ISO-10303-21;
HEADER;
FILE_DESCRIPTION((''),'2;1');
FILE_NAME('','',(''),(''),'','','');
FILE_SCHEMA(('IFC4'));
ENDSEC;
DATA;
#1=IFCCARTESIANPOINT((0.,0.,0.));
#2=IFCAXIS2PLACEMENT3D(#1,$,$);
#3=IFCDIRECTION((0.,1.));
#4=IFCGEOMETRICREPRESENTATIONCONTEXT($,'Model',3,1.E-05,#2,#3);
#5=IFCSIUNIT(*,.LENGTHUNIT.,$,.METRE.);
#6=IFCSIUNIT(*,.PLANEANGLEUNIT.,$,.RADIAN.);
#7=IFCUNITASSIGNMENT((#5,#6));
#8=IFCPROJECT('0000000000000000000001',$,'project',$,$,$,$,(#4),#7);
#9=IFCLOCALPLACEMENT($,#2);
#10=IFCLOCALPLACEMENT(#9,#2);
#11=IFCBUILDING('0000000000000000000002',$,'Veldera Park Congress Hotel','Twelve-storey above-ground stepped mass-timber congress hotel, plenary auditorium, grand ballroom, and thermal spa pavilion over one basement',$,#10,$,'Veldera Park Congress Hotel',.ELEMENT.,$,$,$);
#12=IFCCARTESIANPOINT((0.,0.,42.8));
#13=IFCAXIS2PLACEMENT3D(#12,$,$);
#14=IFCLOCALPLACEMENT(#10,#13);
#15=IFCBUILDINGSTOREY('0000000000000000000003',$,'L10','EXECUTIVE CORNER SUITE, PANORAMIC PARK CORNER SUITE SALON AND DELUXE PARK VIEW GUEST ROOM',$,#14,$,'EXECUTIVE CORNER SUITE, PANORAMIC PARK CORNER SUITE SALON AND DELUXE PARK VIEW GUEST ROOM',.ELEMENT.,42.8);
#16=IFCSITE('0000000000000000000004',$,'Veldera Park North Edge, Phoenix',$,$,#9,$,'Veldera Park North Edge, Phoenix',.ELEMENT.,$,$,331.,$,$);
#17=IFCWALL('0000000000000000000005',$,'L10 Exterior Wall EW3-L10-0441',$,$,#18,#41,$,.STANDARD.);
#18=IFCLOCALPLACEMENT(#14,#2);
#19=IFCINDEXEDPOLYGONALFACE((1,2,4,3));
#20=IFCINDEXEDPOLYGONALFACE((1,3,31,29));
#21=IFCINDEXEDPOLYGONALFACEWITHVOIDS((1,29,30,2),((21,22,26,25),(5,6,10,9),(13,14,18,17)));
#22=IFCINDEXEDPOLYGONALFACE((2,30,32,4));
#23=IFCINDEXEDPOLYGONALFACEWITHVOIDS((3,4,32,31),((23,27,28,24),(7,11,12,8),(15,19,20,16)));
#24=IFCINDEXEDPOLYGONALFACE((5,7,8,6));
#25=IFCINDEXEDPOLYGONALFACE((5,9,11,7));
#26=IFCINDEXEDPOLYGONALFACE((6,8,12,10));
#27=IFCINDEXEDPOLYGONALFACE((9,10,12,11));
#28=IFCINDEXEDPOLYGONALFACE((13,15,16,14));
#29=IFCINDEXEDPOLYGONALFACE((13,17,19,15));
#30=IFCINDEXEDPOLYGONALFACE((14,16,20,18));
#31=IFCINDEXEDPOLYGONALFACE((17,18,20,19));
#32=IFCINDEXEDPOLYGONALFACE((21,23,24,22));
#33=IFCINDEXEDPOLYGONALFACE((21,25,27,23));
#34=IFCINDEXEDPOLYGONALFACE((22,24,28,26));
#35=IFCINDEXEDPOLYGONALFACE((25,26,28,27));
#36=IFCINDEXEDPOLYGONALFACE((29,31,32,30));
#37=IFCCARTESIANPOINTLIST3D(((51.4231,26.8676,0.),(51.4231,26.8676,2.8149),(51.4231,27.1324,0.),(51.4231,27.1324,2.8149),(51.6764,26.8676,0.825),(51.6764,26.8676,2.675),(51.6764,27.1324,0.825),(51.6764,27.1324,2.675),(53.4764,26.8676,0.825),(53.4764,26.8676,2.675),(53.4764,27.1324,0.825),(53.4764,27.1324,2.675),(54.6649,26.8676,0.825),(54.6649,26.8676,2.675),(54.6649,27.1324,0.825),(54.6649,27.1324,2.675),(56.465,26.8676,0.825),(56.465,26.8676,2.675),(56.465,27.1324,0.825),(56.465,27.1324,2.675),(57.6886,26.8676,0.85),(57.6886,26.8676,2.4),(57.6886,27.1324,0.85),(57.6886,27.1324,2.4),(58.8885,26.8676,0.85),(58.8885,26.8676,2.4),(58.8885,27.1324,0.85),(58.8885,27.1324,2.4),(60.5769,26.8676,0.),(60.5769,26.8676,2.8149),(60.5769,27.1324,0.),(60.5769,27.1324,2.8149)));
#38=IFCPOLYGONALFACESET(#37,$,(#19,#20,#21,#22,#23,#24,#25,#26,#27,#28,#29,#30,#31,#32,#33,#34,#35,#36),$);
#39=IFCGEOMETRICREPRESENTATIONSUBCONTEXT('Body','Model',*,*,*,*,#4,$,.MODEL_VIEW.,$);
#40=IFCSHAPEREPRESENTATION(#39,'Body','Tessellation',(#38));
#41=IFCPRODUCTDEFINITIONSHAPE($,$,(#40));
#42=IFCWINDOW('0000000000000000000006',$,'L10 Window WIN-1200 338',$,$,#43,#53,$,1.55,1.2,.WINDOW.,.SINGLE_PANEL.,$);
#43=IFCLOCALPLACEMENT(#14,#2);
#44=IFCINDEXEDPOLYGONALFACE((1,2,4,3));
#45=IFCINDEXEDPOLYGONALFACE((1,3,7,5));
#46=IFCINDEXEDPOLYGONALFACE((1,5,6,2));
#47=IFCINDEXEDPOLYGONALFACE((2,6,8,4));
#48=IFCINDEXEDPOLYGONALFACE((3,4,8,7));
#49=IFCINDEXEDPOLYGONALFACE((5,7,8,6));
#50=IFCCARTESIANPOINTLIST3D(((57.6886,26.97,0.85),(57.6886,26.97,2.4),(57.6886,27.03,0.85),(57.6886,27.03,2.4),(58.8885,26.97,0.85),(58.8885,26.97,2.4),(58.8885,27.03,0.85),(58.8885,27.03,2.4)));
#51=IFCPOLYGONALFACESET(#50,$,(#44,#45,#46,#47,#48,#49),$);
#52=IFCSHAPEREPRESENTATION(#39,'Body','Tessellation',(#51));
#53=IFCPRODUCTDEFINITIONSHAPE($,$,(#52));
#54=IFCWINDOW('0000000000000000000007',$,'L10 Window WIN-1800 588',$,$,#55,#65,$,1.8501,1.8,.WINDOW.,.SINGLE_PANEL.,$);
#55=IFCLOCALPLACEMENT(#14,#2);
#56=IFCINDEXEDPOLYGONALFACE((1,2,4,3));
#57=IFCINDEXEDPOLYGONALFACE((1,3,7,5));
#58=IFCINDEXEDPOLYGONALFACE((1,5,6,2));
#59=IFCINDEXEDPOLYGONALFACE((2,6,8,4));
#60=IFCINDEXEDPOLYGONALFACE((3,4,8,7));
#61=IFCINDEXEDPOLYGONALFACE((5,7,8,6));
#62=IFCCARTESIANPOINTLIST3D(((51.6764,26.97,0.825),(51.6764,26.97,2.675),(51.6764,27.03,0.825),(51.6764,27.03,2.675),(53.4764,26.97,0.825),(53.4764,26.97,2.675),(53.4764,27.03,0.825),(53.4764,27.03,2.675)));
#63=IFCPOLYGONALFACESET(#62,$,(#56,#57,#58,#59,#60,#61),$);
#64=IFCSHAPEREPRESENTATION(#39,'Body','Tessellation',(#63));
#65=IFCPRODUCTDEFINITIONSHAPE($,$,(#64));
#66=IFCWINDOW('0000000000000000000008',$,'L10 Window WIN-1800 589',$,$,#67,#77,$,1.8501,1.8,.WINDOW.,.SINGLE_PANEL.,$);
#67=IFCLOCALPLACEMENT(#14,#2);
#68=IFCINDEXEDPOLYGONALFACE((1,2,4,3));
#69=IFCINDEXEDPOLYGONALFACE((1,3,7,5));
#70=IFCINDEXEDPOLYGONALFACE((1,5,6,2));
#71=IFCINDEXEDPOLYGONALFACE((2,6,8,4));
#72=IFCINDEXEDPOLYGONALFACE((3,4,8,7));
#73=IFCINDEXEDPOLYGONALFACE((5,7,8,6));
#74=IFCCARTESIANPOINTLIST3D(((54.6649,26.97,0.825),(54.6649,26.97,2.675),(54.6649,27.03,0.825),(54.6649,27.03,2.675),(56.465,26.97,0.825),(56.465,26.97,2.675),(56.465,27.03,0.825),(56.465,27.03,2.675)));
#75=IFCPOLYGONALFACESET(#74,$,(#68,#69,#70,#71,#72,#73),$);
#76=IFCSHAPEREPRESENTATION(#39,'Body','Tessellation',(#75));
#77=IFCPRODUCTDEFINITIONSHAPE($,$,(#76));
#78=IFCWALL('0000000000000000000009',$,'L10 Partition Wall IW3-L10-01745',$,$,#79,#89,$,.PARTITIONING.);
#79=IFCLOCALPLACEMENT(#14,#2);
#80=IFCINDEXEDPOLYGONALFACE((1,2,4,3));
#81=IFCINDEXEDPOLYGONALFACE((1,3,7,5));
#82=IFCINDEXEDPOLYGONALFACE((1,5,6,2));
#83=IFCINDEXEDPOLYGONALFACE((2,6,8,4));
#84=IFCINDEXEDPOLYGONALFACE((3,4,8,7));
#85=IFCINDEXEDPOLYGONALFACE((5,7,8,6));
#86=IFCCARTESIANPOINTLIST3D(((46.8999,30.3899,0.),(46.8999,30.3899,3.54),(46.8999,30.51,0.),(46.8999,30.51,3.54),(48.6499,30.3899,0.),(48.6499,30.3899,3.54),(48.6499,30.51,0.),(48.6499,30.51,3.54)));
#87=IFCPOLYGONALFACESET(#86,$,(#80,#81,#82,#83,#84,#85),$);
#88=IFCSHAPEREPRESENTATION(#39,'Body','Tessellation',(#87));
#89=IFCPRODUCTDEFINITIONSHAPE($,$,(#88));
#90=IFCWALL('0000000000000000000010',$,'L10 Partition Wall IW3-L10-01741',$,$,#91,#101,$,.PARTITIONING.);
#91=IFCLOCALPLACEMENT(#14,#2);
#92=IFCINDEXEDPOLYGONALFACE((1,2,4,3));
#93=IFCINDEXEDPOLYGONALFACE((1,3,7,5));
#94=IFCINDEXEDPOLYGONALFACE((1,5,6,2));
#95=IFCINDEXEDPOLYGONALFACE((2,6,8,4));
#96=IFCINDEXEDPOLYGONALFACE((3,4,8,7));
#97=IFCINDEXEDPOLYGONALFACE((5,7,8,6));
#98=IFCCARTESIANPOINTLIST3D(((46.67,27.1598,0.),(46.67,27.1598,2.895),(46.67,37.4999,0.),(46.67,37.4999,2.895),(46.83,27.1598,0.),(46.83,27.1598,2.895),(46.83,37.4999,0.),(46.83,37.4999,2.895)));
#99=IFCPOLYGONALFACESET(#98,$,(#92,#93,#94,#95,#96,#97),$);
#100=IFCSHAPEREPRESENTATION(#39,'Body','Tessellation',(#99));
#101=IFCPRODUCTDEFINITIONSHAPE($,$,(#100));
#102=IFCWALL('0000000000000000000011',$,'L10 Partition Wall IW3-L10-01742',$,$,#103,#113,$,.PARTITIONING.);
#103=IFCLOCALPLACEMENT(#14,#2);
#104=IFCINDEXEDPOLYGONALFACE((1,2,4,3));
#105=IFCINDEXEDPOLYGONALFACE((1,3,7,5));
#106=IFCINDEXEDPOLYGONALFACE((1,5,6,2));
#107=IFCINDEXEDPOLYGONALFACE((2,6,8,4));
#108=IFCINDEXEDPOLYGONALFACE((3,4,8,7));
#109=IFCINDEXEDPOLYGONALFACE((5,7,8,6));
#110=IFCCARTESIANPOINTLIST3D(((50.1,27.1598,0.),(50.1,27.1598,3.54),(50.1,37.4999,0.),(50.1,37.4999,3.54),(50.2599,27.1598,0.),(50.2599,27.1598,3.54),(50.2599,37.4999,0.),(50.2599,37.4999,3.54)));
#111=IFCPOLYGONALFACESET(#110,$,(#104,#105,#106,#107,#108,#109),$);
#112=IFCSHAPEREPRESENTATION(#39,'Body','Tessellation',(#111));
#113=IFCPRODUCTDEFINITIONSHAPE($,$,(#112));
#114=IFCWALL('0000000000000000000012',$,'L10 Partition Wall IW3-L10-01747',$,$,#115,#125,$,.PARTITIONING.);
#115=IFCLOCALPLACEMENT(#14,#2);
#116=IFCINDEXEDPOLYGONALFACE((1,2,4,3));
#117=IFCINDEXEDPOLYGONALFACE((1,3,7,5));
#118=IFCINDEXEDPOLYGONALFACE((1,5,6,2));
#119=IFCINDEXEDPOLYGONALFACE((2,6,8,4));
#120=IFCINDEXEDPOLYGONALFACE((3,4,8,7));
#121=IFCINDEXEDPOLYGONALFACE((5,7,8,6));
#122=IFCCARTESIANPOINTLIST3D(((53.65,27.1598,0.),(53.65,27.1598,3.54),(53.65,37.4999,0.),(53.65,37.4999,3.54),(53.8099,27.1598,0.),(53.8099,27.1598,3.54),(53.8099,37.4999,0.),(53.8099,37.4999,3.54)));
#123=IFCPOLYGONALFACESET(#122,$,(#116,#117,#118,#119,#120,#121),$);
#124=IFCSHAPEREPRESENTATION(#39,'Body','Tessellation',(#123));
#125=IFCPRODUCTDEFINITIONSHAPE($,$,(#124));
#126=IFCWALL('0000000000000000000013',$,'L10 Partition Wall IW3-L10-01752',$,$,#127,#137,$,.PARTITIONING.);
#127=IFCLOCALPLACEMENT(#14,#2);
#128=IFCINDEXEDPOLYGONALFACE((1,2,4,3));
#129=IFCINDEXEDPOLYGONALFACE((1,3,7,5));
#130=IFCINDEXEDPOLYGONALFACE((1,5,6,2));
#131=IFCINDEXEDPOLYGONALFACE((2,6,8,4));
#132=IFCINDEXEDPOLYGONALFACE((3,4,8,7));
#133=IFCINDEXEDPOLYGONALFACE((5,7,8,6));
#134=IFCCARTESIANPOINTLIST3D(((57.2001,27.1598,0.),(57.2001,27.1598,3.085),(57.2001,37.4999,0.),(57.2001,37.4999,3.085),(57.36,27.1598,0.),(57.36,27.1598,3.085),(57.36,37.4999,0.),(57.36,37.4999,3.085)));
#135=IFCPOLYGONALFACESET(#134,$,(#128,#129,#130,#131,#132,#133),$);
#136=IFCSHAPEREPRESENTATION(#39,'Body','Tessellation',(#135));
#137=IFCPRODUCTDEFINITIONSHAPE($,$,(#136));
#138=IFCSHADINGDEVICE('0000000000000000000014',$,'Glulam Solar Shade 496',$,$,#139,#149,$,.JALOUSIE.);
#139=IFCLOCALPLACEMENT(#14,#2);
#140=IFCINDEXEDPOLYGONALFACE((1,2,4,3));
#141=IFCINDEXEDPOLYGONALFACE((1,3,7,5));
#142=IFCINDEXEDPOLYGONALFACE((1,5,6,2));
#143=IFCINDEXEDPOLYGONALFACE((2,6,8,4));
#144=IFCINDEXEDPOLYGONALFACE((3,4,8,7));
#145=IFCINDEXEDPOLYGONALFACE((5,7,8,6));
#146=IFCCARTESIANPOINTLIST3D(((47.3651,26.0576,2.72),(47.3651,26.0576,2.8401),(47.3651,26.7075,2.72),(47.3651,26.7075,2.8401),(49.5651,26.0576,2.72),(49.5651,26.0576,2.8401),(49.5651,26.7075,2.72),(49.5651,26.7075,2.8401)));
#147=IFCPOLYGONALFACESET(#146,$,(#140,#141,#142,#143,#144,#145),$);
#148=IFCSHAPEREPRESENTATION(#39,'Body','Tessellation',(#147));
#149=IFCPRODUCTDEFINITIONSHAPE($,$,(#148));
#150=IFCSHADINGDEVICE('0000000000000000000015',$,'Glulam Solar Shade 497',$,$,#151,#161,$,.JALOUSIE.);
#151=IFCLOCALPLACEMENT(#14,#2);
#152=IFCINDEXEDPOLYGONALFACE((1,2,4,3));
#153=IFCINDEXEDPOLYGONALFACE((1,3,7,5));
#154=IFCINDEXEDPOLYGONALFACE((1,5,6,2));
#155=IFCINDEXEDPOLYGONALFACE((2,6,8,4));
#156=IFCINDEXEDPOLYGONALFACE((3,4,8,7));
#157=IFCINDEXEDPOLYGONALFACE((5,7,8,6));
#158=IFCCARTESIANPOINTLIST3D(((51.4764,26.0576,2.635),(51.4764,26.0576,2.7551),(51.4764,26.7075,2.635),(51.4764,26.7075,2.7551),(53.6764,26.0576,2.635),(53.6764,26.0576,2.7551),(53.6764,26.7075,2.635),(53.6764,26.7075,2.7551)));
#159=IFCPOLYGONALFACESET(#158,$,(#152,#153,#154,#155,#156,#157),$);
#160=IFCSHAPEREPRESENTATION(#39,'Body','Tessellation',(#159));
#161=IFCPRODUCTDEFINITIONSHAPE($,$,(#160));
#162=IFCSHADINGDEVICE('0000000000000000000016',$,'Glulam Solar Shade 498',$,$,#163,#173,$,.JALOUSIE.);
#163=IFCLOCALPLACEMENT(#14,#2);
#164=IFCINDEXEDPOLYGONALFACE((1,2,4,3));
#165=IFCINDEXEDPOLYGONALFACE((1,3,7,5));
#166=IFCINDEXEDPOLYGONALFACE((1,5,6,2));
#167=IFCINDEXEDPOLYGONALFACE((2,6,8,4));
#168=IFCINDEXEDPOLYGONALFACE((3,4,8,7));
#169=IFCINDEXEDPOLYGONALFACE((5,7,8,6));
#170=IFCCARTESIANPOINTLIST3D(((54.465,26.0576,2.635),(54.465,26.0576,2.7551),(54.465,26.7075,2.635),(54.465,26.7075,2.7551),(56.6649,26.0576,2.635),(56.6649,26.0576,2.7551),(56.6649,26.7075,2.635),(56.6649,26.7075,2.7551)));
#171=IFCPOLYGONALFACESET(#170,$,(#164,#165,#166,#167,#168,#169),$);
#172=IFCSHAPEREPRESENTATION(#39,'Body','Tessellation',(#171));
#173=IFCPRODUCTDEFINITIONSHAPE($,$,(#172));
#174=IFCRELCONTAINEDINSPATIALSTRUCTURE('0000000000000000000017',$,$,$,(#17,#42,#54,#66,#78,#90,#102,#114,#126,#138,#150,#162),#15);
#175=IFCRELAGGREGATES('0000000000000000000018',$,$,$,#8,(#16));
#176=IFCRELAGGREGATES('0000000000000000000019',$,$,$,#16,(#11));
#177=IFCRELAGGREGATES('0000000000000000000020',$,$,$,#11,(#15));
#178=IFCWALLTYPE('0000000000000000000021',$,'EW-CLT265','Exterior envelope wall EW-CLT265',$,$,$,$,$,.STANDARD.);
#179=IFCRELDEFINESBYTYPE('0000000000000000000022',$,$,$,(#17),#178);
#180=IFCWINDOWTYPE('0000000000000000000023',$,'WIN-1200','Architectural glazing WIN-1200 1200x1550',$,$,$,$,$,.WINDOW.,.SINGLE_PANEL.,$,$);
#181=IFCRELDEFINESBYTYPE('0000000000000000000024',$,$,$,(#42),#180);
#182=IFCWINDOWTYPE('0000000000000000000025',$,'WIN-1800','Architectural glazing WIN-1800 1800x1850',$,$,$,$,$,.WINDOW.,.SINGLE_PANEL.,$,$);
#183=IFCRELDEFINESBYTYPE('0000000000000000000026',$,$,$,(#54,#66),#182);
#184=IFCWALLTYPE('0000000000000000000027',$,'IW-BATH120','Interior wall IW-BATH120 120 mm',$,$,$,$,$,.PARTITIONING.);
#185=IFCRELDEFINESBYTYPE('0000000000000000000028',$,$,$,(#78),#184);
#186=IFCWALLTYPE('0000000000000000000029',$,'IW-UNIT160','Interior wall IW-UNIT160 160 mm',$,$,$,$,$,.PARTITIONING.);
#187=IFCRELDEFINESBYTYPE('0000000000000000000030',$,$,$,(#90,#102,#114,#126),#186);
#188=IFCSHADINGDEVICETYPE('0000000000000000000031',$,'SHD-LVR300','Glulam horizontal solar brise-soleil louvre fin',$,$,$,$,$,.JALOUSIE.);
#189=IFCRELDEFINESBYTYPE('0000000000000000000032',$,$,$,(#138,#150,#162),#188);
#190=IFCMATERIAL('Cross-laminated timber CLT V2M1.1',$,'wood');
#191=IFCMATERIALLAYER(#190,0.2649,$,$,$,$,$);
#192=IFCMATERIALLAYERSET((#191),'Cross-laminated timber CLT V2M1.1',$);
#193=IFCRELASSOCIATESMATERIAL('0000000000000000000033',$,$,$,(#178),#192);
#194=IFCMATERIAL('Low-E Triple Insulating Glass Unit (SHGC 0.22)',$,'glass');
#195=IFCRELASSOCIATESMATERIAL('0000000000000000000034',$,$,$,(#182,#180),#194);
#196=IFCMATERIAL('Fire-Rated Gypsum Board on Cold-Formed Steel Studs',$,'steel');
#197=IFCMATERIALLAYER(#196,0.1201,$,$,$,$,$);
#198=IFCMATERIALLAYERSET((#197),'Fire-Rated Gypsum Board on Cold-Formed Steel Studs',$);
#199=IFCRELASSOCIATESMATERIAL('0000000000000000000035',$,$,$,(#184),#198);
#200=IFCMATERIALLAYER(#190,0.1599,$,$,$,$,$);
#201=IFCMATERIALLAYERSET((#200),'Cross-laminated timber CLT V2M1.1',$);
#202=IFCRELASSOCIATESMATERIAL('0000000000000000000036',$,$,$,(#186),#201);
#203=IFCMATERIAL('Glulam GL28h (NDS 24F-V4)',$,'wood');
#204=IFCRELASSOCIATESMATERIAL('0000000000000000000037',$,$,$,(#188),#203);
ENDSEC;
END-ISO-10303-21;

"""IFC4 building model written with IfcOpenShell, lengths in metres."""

from ifc_helpers import new_model, si_unit, direction, frame, frame_2d, origin, origin_2d, place, context, subcontext, project, spatial, rectangle, extrude, material, layer, layer_set, type_object, element, fill, save


model = new_model("IFC4")

# Units and contexts
model_context = context("Model", 3, precision=1e-05, world=origin(), true_north=direction((0.0, 1.0)))
body_context = subcontext(model_context, "Body", "Model", "MODEL_VIEW")
ifc_project = project(units=[si_unit("LENGTHUNIT", "METRE"), si_unit("PLANEANGLEUNIT", "RADIAN")], contexts=[model_context])

# Site, building, storey
site_placement = place(None, origin())
site = spatial("IfcSite", under=ifc_project, at=site_placement, Name="Veldera Park North Edge, Phoenix", LongName="Veldera Park North Edge, Phoenix", CompositionType="ELEMENT", RefElevation=331.0)
building_placement = place(site_placement, origin())
building = spatial("IfcBuilding", under=site, at=building_placement, Name="Veldera Park Congress Hotel", Description="Twelve-storey above-ground stepped mass-timber congress hotel, plenary auditorium, grand ballroom, and thermal spa pavilion over one basement", LongName="Veldera Park Congress Hotel", CompositionType="ELEMENT")
storey_placement = place(building_placement, frame((0.0, 0.0, 42.8)))
storey = spatial("IfcBuildingStorey", under=building, at=storey_placement, Name="L10", Description="EXECUTIVE CORNER SUITE, PANORAMIC PARK CORNER SUITE SALON AND DELUXE PARK VIEW GUEST ROOM", LongName="EXECUTIVE CORNER SUITE, PANORAMIC PARK CORNER SUITE SALON AND DELUXE PARK VIEW GUEST ROOM", CompositionType="ELEMENT", Elevation=42.8)

# Shared definitions
ifc_material_1 = material(Name="Glulam GL28h (NDS 24F-V4)", Category="wood")

# Shared definitions
ifc_material_2 = material(Name="Cross-laminated timber CLT V2M1.1", Category="wood")

# Shared definitions
ifc_layer_1 = layer(ifc_material_2, 0.2649)
ifc_layer_set_1 = layer_set([ifc_layer_1], Name="Cross-laminated timber CLT V2M1.1")
wall_type_1 = type_object("IfcWallType", Name="EW-CLT265", Description="Exterior envelope wall EW-CLT265", PredefinedType="STANDARD", material=ifc_layer_set_1)
ifc_material_3 = material(Name="Low-E Triple Insulating Glass Unit (SHGC 0.22)", Category="glass")
window_type_1 = type_object("IfcWindowType", Name="WIN-1800", Description="Architectural glazing WIN-1800 1800x1850", PartitioningType="SINGLE_PANEL", PredefinedType="WINDOW", material=ifc_material_3)

# Wall, openings, windows
wall_1_placement = place(storey_placement, frame((51.4231, 27.0, 0.0), z_axis=(0.0, 0.0, 1.0), x_axis=(1.0, 0.0, 0.0)))
wall_1 = element("IfcWall", 1, at=wall_1_placement, inside=storey, type_object=wall_type_1, Name="L10 Exterior Wall EW3-L10-0441", PredefinedType="STANDARD", context=body_context, shape_type="SweptSolid", body=[
    extrude(rectangle(XDim=9.1538, YDim=0.2649, at=frame_2d((4.5769, 0.0))), origin(), (0.0, 0.0, 1.0), 2.8149),
])
opening_1_placement = place(wall_1_placement, frame((6.2654, 0.0, 0.8501)))
opening_1 = element("IfcOpeningElement", 2, at=opening_1_placement, cuts=wall_1, PredefinedType="OPENING", context=body_context, shape_type="SweptSolid", body=[
    extrude(rectangle(XDim=1.2, YDim=1.55, at=frame_2d((0.6001, 0.7749))), frame((0.0, 0.1445, 0.0), z_axis=(0.0, -1.0, 0.0), x_axis=(1.0, 0.0, 0.0)), (0.0, 0.0, 1.0), 0.2888),
])
opening_2_placement = place(wall_1_placement, frame((0.2534, 0.0, 0.825)))
opening_2 = element("IfcOpeningElement", 3, at=opening_2_placement, cuts=wall_1, PredefinedType="OPENING", context=body_context, shape_type="SweptSolid", body=[
    extrude(rectangle(XDim=1.8, YDim=1.8501, at=frame_2d((0.8999, 0.925))), frame((0.0, 0.1445, 0.0), z_axis=(0.0, -1.0, 0.0), x_axis=(1.0, 0.0, 0.0)), (0.0, 0.0, 1.0), 0.2888),
])
opening_3_placement = place(wall_1_placement, frame((3.2419, 0.0, 0.825)))
opening_3 = element("IfcOpeningElement", 4, at=opening_3_placement, cuts=wall_1, PredefinedType="OPENING", context=body_context, shape_type="SweptSolid", body=[
    extrude(rectangle(XDim=1.8, YDim=1.8501, at=frame_2d((0.8999, 0.925))), frame((0.0, 0.1445, 0.0), z_axis=(0.0, -1.0, 0.0), x_axis=(1.0, 0.0, 0.0)), (0.0, 0.0, 1.0), 0.2888),
])
window_type_2 = type_object("IfcWindowType", Name="WIN-1200", Description="Architectural glazing WIN-1200 1200x1550", PartitioningType="SINGLE_PANEL", PredefinedType="WINDOW", material=ifc_material_3)
window_1_placement = place(opening_1_placement, origin())
window_1 = element("IfcWindow", 5, at=window_1_placement, inside=storey, type_object=window_type_2, Name="L10 Window WIN-1200 338", OverallHeight=1.55, OverallWidth=1.2, PartitioningType="SINGLE_PANEL", PredefinedType="WINDOW", context=body_context, shape_type="SweptSolid", body=[
    extrude(rectangle(XDim=1.2, YDim=1.55, at=frame_2d((0.6001, 0.7749))), frame((0.0, 0.03, 0.0), z_axis=(0.0, -1.0, 0.0), x_axis=(1.0, 0.0, 0.0)), (0.0, 0.0, 1.0), 0.0601),
])
fill(opening_1, window_1)
window_2_placement = place(opening_2_placement, origin())
window_2 = element("IfcWindow", 6, at=window_2_placement, inside=storey, type_object=window_type_1, Name="L10 Window WIN-1800 588", OverallHeight=1.8501, OverallWidth=1.8, PartitioningType="SINGLE_PANEL", PredefinedType="WINDOW", context=body_context, shape_type="SweptSolid", body=[
    extrude(rectangle(XDim=1.8, YDim=1.8501, at=frame_2d((0.8999, 0.925))), frame((0.0, 0.03, 0.0), z_axis=(0.0, -1.0, 0.0), x_axis=(1.0, 0.0, 0.0)), (0.0, 0.0, 1.0), 0.0601),
])
fill(opening_2, window_2)
window_3_placement = place(opening_3_placement, origin())
window_3 = element("IfcWindow", 7, at=window_3_placement, inside=storey, type_object=window_type_1, Name="L10 Window WIN-1800 589", OverallHeight=1.8501, OverallWidth=1.8, PartitioningType="SINGLE_PANEL", PredefinedType="WINDOW", context=body_context, shape_type="SweptSolid", body=[
    extrude(rectangle(XDim=1.8, YDim=1.8501, at=frame_2d((0.8999, 0.925))), frame((0.0, 0.03, 0.0), z_axis=(0.0, -1.0, 0.0), x_axis=(1.0, 0.0, 0.0)), (0.0, 0.0, 1.0), 0.0601),
])
fill(opening_3, window_3)

# Shared definitions
ifc_material_4 = material(Name="Fire-Rated Gypsum Board on Cold-Formed Steel Studs", Category="steel")
ifc_layer_2 = layer(ifc_material_4, 0.1201)
ifc_layer_set_2 = layer_set([ifc_layer_2], Name="Fire-Rated Gypsum Board on Cold-Formed Steel Studs")
wall_type_2 = type_object("IfcWallType", Name="IW-BATH120", Description="Interior wall IW-BATH120 120 mm", PredefinedType="PARTITIONING", material=ifc_layer_set_2)

# Walls
wall_2_placement = place(storey_placement, frame((46.8999, 30.45, 0.0), z_axis=(0.0, 0.0, 1.0), x_axis=(1.0, 0.0, 0.0)))
element("IfcWall", 8, at=wall_2_placement, inside=storey, type_object=wall_type_2, Name="L10 Partition Wall IW3-L10-01745", PredefinedType="PARTITIONING", context=body_context, shape_type="SweptSolid", body=[
    extrude(rectangle(XDim=1.75, YDim=0.1201, at=frame_2d((0.875, 0.0))), origin(), (0.0, 0.0, 1.0), 3.54),
])
ifc_layer_3 = layer(ifc_material_2, 0.1599)
ifc_layer_set_3 = layer_set([ifc_layer_3], Name="Cross-laminated timber CLT V2M1.1")
wall_type_3 = type_object("IfcWallType", Name="IW-UNIT160", Description="Interior wall IW-UNIT160 160 mm", PredefinedType="PARTITIONING", material=ifc_layer_set_3)
wall_3_placement = place(storey_placement, frame((46.75, 27.1599, 0.0), z_axis=(0.0, 0.0, 1.0), x_axis=(0.0, 1.0, 0.0)))
element("IfcWall", 9, at=wall_3_placement, inside=storey, type_object=wall_type_3, Name="L10 Partition Wall IW3-L10-01741", PredefinedType="PARTITIONING", context=body_context, shape_type="SweptSolid", body=[
    extrude(rectangle(XDim=10.3401, YDim=0.1599, at=frame_2d((5.1699, 0.0))), origin(), (0.0, 0.0, 1.0), 2.895),
])
for number, where, z_axis, x_axis, name in (
    (10, (50.1799, 27.1599, 0.0), (0.0, 0.0, 1.0), (0.0, 1.0, 0.0), "L10 Partition Wall IW3-L10-01742"),
    (11, (53.73, 27.1599, 0.0), (0.0, 0.0, 1.0), (0.0, 1.0, 0.0), "L10 Partition Wall IW3-L10-01747"),
):
    element("IfcWall", number, at=place(storey_placement, frame(where, z_axis=z_axis, x_axis=x_axis)), inside=storey, type_object=wall_type_3, Name=name, PredefinedType="PARTITIONING", context=body_context, shape_type="SweptSolid", body=[
        extrude(rectangle(XDim=10.3401, YDim=0.1599, at=frame_2d((5.1699, 0.0))), origin(), (0.0, 0.0, 1.0), 3.54),
    ])
wall_4_placement = place(storey_placement, frame((57.28, 27.1599, 0.0), z_axis=(0.0, 0.0, 1.0), x_axis=(0.0, 1.0, 0.0)))
element("IfcWall", 12, at=wall_4_placement, inside=storey, type_object=wall_type_3, Name="L10 Partition Wall IW3-L10-01752", PredefinedType="PARTITIONING", context=body_context, shape_type="SweptSolid", body=[
    extrude(rectangle(XDim=10.3401, YDim=0.1599, at=frame_2d((5.1699, 0.0))), origin(), (0.0, 0.0, 1.0), 3.085),
])

# Shading devices
shading_device_type = type_object("IfcShadingDeviceType", Name="SHD-LVR300", Description="Glulam horizontal solar brise-soleil louvre fin", PredefinedType="JALOUSIE", material=ifc_material_1)
for number, where, z_axis, x_axis, name in (
    (13, (48.4651, 26.3826, 2.72), (0.0, 0.0, 1.0), (1.0, 0.0, 0.0), "Glulam Solar Shade 496"),
    (14, (52.5764, 26.3826, 2.635), (0.0, 0.0, 1.0), (1.0, 0.0, 0.0), "Glulam Solar Shade 497"),
    (15, (55.5649, 26.3826, 2.635), (0.0, 0.0, 1.0), (1.0, 0.0, 0.0), "Glulam Solar Shade 498"),
):
    element("IfcShadingDevice", number, at=place(storey_placement, frame(where, z_axis=z_axis, x_axis=x_axis)), inside=storey, type_object=shading_device_type, Name=name, PredefinedType="JALOUSIE", context=body_context, shape_type="SweptSolid", body=[
        extrude(rectangle(XDim=2.2, YDim=0.6499, at=origin_2d()), origin(), (0.0, 0.0, 1.0), 0.1201),
    ])

save(model, "model.ifc")
